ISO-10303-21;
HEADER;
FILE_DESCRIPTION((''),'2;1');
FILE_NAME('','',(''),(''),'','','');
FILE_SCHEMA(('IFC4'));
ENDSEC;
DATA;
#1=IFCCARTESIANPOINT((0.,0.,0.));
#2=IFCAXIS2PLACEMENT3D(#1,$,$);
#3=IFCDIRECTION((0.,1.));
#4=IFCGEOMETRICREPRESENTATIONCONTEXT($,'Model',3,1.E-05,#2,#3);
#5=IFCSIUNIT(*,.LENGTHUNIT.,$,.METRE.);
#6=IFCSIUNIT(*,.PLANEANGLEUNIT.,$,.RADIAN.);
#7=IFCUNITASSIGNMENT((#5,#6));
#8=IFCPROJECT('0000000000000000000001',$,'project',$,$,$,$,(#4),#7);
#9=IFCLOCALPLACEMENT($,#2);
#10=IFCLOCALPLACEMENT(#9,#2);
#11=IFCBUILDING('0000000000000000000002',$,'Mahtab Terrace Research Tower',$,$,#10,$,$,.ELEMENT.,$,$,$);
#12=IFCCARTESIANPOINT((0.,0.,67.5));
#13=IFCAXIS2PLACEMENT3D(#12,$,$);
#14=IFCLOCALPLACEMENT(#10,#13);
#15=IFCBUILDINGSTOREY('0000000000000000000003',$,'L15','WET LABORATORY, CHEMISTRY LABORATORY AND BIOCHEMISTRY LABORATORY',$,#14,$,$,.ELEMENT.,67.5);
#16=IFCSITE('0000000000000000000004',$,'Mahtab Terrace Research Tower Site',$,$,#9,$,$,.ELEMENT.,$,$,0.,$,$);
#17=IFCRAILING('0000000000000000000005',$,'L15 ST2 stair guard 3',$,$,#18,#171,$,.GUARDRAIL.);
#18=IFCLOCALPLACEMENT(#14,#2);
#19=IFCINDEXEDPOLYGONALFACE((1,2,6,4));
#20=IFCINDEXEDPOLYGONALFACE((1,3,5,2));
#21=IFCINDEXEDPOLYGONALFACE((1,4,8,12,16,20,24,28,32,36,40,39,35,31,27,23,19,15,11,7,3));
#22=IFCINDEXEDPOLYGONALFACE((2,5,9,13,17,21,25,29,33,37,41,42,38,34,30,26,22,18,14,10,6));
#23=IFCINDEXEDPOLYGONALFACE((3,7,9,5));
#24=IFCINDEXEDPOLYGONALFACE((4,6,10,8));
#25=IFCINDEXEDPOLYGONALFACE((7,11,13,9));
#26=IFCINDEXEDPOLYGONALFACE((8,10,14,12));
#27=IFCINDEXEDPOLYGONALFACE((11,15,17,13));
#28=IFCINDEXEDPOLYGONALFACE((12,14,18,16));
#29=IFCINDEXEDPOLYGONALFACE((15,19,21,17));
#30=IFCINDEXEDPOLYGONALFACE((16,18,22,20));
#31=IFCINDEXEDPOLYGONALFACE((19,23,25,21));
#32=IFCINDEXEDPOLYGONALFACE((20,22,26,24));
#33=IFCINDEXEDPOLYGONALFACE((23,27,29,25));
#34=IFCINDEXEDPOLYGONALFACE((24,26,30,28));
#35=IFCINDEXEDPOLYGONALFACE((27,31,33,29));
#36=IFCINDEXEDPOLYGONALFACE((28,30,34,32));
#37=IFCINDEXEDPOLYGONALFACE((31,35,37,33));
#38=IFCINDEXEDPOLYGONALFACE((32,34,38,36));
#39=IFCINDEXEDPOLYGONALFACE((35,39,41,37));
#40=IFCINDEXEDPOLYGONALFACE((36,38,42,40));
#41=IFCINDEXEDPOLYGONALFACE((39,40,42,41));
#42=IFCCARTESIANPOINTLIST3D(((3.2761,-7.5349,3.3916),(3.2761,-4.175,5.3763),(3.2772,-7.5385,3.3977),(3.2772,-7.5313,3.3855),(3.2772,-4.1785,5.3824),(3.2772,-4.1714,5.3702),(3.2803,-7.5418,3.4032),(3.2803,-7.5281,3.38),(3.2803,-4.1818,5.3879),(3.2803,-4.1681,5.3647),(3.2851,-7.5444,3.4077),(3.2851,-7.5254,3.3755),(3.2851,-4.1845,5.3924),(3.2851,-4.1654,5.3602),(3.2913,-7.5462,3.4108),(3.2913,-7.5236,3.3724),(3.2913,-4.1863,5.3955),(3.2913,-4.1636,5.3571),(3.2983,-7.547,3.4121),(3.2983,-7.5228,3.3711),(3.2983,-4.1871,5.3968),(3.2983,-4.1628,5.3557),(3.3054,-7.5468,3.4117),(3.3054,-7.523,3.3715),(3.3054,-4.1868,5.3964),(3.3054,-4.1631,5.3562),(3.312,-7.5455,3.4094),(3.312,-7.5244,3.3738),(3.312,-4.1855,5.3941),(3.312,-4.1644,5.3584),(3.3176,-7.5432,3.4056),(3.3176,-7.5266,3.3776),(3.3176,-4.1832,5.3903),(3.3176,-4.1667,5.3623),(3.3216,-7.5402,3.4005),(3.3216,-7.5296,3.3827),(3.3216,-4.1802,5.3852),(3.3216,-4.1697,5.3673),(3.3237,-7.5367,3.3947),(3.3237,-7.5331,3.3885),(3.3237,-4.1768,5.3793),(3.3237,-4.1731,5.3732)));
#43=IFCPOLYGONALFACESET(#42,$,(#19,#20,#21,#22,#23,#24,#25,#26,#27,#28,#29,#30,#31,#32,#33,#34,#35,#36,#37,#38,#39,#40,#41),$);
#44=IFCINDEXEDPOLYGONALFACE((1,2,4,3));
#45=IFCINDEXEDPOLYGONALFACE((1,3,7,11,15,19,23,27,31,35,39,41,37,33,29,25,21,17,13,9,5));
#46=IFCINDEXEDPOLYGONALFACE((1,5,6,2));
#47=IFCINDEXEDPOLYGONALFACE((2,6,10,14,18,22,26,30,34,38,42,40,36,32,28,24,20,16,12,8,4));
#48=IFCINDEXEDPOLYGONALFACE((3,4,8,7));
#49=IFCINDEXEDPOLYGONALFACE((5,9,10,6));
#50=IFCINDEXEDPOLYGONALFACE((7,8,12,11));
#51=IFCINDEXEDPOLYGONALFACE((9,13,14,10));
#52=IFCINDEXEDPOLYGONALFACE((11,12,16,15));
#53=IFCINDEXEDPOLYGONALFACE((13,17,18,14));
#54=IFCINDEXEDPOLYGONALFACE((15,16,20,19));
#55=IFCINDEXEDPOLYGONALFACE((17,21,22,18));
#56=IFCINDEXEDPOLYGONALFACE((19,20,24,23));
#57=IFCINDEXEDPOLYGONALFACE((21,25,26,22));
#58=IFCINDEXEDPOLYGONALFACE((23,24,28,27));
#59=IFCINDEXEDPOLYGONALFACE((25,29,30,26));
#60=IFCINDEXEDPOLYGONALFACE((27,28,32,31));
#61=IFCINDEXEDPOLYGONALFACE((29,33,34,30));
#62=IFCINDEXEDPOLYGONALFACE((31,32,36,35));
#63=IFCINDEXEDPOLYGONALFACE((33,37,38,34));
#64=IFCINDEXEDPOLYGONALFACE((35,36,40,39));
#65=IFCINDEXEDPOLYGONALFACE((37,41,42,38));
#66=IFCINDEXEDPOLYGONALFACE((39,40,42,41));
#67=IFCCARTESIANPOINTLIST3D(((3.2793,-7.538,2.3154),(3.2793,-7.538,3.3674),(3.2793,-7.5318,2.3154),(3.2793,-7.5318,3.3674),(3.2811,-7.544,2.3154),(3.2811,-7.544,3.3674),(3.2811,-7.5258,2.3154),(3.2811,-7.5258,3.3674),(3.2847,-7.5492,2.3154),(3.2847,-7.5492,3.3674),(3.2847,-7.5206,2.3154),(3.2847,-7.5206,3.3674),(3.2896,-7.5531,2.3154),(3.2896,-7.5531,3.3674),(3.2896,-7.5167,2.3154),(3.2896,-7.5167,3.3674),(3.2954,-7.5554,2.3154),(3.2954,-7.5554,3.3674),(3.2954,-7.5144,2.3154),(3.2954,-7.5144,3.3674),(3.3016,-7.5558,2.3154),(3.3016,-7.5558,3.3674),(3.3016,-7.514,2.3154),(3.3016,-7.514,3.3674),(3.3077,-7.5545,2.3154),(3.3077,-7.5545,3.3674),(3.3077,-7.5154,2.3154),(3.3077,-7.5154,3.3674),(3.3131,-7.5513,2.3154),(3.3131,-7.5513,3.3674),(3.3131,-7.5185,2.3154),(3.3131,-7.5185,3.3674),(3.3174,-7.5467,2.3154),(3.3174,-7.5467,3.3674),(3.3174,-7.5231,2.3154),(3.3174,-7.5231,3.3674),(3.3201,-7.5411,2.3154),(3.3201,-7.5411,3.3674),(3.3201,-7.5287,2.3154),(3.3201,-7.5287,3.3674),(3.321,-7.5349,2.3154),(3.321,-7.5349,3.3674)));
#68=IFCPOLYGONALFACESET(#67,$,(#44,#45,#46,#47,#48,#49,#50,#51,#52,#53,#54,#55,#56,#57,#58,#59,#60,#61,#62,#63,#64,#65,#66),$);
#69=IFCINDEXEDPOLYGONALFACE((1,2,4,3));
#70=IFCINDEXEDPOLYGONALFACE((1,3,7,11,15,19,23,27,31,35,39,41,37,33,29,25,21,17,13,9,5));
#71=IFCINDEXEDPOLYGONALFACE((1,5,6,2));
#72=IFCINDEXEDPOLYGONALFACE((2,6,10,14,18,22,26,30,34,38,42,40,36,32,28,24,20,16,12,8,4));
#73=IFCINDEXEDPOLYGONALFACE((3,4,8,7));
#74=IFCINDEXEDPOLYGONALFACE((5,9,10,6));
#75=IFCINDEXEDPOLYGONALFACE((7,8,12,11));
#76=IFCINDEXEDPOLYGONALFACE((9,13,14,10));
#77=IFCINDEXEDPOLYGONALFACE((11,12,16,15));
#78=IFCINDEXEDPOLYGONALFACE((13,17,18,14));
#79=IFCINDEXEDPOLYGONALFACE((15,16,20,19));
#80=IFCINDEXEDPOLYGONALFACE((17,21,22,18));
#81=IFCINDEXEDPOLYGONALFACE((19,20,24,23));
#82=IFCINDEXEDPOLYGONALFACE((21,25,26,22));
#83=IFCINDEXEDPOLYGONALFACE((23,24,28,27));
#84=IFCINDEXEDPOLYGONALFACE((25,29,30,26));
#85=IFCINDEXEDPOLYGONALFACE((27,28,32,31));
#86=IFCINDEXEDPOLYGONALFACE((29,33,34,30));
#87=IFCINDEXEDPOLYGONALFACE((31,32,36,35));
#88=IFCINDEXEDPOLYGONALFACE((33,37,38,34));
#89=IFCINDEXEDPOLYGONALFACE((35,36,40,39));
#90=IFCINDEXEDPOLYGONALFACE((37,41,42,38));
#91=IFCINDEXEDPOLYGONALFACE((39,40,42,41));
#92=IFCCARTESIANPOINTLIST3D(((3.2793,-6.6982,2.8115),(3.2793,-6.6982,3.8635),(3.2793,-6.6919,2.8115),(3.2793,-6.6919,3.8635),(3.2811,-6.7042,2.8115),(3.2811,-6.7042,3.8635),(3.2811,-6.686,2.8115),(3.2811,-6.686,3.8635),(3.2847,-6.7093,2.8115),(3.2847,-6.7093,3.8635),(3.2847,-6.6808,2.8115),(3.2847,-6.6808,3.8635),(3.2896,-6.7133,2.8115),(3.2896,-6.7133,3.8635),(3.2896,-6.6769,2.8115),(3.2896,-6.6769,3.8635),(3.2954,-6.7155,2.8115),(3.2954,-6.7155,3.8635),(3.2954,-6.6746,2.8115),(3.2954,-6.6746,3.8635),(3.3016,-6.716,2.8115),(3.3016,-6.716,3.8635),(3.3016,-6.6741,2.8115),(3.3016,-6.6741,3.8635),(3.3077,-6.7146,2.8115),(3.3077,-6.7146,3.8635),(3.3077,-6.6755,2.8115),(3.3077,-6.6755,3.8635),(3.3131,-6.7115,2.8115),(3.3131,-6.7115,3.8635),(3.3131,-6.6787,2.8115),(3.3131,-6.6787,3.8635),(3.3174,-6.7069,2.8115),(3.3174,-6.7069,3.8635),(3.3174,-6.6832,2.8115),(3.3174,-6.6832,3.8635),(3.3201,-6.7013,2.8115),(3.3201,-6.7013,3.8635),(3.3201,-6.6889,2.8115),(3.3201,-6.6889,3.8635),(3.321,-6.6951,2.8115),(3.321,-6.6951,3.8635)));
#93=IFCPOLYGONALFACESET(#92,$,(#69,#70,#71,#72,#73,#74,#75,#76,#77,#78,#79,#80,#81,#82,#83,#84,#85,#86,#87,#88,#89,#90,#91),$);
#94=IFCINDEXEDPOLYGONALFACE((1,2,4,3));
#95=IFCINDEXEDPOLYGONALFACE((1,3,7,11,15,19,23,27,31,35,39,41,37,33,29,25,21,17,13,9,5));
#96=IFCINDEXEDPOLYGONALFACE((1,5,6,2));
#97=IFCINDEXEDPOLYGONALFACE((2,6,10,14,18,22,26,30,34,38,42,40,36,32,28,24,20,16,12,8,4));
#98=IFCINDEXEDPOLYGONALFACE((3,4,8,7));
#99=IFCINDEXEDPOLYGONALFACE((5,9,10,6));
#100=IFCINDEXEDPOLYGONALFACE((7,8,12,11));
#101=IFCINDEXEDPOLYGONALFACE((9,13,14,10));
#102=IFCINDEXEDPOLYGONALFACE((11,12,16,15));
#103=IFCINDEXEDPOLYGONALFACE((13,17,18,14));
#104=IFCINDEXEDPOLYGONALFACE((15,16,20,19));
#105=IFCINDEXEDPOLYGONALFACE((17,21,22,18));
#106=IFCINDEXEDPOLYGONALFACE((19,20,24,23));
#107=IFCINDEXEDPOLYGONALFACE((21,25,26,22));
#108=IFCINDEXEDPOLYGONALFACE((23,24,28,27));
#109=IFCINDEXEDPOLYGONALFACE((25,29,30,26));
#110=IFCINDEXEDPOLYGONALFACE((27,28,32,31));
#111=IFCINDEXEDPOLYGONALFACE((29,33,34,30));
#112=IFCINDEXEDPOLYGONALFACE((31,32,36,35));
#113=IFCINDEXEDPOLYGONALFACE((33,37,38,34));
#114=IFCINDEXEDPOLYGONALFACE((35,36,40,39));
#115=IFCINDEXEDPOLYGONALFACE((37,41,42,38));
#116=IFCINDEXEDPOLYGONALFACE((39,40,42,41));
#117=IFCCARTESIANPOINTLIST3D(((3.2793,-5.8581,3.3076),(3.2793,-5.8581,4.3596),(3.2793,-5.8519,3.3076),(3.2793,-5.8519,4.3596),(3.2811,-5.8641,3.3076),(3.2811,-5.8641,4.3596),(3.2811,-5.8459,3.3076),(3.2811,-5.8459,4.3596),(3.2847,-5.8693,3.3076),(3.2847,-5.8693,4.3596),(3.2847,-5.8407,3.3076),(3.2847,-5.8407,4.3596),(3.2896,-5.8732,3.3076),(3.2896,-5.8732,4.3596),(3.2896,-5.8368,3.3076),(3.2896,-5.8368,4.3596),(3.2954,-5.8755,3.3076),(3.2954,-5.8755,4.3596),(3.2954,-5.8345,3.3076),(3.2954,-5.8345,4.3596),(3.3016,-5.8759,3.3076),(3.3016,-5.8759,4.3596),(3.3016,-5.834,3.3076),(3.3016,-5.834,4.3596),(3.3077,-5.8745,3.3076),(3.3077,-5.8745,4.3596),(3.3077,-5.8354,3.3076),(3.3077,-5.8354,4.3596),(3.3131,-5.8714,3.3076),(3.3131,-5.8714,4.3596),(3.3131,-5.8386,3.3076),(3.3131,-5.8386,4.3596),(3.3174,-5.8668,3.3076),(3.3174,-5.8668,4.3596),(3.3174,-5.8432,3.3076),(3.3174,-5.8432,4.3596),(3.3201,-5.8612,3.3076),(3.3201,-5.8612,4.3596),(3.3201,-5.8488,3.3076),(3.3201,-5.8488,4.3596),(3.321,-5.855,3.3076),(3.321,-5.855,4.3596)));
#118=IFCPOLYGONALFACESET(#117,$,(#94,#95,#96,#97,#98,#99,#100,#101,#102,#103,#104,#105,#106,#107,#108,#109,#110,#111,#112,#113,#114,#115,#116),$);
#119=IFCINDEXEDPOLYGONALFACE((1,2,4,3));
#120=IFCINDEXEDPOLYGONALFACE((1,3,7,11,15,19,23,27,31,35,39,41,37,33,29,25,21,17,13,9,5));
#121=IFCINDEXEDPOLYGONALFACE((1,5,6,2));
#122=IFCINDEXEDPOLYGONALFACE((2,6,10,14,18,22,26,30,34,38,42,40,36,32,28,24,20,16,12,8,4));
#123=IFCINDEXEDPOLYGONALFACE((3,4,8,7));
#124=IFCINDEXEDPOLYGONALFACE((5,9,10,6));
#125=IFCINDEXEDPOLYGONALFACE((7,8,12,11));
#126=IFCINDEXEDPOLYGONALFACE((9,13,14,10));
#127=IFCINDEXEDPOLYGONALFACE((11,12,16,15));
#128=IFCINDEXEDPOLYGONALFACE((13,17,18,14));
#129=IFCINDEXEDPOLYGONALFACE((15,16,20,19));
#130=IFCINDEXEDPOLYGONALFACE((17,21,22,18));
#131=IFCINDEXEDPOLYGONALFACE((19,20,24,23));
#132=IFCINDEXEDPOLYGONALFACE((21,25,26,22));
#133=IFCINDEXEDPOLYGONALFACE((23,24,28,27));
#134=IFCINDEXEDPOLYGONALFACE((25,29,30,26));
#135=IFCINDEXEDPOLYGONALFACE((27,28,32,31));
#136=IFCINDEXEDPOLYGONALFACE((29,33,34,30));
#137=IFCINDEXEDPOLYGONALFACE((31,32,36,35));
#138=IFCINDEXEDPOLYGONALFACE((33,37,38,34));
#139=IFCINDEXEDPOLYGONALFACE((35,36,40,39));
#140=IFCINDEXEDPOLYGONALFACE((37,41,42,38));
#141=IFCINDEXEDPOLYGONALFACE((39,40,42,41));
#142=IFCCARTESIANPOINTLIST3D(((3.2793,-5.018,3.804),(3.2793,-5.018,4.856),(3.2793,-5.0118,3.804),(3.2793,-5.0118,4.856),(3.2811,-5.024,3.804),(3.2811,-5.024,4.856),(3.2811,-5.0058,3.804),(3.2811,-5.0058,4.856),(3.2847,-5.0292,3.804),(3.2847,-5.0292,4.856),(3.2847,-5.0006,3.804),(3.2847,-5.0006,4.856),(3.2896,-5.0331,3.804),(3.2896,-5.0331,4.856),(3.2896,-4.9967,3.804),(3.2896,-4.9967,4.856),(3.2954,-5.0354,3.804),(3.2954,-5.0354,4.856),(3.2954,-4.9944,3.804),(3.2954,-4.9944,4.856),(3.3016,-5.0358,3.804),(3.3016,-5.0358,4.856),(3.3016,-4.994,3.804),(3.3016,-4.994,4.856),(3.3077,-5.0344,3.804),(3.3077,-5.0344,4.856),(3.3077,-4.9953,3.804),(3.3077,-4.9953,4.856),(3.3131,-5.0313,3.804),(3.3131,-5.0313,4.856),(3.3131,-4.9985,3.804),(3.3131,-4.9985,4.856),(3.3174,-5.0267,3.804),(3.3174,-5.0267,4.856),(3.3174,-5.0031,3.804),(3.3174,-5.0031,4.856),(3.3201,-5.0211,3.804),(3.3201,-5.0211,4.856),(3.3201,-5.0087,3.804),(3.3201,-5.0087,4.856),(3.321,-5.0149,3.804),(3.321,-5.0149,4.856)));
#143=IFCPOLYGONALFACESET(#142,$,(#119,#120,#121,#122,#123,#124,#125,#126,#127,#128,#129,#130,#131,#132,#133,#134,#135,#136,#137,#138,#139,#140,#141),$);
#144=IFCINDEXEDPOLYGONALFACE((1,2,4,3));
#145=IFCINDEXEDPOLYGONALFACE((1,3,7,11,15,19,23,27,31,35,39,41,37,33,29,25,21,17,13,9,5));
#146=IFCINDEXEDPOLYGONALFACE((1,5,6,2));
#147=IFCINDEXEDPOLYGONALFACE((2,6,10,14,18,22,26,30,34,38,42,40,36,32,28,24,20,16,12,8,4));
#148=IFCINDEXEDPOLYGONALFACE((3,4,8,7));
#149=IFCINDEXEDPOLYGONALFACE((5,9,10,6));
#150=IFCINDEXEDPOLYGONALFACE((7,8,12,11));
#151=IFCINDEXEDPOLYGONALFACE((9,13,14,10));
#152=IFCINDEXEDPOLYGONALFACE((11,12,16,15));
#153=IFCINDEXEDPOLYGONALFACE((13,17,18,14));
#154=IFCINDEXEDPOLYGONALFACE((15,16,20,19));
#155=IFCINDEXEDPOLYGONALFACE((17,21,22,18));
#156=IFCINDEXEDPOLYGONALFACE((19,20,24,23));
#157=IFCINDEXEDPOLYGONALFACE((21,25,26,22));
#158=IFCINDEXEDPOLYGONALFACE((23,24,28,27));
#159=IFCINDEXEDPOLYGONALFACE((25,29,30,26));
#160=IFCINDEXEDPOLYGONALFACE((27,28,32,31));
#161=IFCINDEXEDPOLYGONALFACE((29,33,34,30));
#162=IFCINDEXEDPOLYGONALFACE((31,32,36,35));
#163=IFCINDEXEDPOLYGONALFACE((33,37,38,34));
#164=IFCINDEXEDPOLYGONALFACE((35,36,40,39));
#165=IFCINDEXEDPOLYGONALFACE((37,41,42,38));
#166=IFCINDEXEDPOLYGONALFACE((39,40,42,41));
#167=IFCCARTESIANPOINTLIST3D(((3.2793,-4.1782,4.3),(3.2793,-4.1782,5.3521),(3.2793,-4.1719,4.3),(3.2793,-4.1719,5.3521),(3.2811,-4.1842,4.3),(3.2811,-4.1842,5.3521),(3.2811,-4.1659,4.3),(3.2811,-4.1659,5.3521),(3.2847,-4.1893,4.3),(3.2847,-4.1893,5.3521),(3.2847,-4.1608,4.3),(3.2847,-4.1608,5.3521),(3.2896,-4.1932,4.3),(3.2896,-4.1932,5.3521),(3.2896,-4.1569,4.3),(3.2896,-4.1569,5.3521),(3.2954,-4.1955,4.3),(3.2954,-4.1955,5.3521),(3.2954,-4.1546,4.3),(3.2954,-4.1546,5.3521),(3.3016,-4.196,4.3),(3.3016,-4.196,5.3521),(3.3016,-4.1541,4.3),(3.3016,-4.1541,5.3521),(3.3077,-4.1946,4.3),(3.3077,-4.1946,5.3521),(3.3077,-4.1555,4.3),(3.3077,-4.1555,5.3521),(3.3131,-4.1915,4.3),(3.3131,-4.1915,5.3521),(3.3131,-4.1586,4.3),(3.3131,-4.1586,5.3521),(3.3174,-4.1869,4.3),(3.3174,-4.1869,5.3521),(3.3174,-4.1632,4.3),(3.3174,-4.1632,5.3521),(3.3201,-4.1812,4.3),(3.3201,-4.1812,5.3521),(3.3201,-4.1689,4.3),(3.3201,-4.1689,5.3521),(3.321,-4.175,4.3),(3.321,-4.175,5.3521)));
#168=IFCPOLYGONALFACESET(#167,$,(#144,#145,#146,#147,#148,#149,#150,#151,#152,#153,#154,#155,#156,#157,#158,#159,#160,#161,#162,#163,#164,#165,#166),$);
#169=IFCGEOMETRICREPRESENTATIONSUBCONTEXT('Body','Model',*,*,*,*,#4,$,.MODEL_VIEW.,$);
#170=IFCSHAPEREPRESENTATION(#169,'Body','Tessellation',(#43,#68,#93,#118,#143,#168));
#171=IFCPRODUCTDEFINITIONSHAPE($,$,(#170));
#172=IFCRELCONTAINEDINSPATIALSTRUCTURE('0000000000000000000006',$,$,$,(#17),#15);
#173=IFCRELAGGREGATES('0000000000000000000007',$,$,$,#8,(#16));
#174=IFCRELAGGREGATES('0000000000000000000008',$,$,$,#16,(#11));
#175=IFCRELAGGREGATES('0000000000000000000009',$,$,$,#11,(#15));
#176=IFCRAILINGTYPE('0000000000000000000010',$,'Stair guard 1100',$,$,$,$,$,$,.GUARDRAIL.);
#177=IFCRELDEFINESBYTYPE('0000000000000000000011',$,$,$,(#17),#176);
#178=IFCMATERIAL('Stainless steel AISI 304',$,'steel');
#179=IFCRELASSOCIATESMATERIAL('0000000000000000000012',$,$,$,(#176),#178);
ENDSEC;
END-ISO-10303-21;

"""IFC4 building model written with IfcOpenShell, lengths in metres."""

from ifc_helpers import new_model, si_unit, direction, frame, origin, origin_2d, place, context, subcontext, project, spatial, circle, extrude, material, type_object, element, save


model = new_model("IFC4")

# Units and contexts
model_context = context("Model", 3, precision=1e-05, world=origin(), true_north=direction((0.0, 1.0)))
body_context = subcontext(model_context, "Body", "Model", "MODEL_VIEW")
ifc_project = project(units=[si_unit("LENGTHUNIT", "METRE"), si_unit("PLANEANGLEUNIT", "RADIAN")], contexts=[model_context])

# Site, building, storey
site_placement = place(None, origin())
site = spatial("IfcSite", under=ifc_project, at=site_placement, Name="Mahtab Terrace Research Tower Site", CompositionType="ELEMENT", RefElevation=0.0)
building_placement = place(site_placement, origin())
building = spatial("IfcBuilding", under=site, at=building_placement, Name="Mahtab Terrace Research Tower", CompositionType="ELEMENT")
storey_placement = place(building_placement, frame((0.0, 0.0, 67.5)))
storey = spatial("IfcBuildingStorey", under=building, at=storey_placement, Name="L15", Description="WET LABORATORY, CHEMISTRY LABORATORY AND BIOCHEMISTRY LABORATORY", CompositionType="ELEMENT", Elevation=67.5)

# Railing
ifc_material_1 = material(Name="Stainless steel AISI 304", Category="steel")
railing_type_1 = type_object("IfcRailingType", Name="Stair guard 1100", PredefinedType="GUARDRAIL", material=ifc_material_1)
railing_1_placement = place(storey_placement, frame((3.3, -7.5349, 2.3154)))
element("IfcRailing", 1, at=railing_1_placement, inside=storey, type_object=railing_type_1, Name="L15 ST2 stair guard 3", PredefinedType="GUARDRAIL", context=body_context, shape_type="SweptSolid", body=[
    extrude(circle(Radius=0.0239, at=origin_2d()), frame((0.0, 0.0, 1.0762), z_axis=(0.0, 0.861011, 0.508586), x_axis=(-1.0, 0.0, 0.0)), (0.0, 0.0, 1.0), 3.9023),
    extrude(circle(Radius=0.021, at=origin_2d()), origin(), (0.0, 0.0, 1.0), 1.052),
    extrude(circle(Radius=0.021, at=origin_2d()), frame((0.0, 0.8398, 0.4961)), (0.0, 0.0, 1.0), 1.052),
    extrude(circle(Radius=0.021, at=origin_2d()), frame((0.0, 1.6799, 0.9922)), (0.0, 0.0, 1.0), 1.052),
    extrude(circle(Radius=0.021, at=origin_2d()), frame((0.0, 2.52, 1.4885)), (0.0, 0.0, 1.0), 1.052),
    extrude(circle(Radius=0.021, at=origin_2d()), frame((0.0, 3.3599, 1.9846)), (0.0, 0.0, 1.0), 1.052),
])

save(model, "model.ifc")
